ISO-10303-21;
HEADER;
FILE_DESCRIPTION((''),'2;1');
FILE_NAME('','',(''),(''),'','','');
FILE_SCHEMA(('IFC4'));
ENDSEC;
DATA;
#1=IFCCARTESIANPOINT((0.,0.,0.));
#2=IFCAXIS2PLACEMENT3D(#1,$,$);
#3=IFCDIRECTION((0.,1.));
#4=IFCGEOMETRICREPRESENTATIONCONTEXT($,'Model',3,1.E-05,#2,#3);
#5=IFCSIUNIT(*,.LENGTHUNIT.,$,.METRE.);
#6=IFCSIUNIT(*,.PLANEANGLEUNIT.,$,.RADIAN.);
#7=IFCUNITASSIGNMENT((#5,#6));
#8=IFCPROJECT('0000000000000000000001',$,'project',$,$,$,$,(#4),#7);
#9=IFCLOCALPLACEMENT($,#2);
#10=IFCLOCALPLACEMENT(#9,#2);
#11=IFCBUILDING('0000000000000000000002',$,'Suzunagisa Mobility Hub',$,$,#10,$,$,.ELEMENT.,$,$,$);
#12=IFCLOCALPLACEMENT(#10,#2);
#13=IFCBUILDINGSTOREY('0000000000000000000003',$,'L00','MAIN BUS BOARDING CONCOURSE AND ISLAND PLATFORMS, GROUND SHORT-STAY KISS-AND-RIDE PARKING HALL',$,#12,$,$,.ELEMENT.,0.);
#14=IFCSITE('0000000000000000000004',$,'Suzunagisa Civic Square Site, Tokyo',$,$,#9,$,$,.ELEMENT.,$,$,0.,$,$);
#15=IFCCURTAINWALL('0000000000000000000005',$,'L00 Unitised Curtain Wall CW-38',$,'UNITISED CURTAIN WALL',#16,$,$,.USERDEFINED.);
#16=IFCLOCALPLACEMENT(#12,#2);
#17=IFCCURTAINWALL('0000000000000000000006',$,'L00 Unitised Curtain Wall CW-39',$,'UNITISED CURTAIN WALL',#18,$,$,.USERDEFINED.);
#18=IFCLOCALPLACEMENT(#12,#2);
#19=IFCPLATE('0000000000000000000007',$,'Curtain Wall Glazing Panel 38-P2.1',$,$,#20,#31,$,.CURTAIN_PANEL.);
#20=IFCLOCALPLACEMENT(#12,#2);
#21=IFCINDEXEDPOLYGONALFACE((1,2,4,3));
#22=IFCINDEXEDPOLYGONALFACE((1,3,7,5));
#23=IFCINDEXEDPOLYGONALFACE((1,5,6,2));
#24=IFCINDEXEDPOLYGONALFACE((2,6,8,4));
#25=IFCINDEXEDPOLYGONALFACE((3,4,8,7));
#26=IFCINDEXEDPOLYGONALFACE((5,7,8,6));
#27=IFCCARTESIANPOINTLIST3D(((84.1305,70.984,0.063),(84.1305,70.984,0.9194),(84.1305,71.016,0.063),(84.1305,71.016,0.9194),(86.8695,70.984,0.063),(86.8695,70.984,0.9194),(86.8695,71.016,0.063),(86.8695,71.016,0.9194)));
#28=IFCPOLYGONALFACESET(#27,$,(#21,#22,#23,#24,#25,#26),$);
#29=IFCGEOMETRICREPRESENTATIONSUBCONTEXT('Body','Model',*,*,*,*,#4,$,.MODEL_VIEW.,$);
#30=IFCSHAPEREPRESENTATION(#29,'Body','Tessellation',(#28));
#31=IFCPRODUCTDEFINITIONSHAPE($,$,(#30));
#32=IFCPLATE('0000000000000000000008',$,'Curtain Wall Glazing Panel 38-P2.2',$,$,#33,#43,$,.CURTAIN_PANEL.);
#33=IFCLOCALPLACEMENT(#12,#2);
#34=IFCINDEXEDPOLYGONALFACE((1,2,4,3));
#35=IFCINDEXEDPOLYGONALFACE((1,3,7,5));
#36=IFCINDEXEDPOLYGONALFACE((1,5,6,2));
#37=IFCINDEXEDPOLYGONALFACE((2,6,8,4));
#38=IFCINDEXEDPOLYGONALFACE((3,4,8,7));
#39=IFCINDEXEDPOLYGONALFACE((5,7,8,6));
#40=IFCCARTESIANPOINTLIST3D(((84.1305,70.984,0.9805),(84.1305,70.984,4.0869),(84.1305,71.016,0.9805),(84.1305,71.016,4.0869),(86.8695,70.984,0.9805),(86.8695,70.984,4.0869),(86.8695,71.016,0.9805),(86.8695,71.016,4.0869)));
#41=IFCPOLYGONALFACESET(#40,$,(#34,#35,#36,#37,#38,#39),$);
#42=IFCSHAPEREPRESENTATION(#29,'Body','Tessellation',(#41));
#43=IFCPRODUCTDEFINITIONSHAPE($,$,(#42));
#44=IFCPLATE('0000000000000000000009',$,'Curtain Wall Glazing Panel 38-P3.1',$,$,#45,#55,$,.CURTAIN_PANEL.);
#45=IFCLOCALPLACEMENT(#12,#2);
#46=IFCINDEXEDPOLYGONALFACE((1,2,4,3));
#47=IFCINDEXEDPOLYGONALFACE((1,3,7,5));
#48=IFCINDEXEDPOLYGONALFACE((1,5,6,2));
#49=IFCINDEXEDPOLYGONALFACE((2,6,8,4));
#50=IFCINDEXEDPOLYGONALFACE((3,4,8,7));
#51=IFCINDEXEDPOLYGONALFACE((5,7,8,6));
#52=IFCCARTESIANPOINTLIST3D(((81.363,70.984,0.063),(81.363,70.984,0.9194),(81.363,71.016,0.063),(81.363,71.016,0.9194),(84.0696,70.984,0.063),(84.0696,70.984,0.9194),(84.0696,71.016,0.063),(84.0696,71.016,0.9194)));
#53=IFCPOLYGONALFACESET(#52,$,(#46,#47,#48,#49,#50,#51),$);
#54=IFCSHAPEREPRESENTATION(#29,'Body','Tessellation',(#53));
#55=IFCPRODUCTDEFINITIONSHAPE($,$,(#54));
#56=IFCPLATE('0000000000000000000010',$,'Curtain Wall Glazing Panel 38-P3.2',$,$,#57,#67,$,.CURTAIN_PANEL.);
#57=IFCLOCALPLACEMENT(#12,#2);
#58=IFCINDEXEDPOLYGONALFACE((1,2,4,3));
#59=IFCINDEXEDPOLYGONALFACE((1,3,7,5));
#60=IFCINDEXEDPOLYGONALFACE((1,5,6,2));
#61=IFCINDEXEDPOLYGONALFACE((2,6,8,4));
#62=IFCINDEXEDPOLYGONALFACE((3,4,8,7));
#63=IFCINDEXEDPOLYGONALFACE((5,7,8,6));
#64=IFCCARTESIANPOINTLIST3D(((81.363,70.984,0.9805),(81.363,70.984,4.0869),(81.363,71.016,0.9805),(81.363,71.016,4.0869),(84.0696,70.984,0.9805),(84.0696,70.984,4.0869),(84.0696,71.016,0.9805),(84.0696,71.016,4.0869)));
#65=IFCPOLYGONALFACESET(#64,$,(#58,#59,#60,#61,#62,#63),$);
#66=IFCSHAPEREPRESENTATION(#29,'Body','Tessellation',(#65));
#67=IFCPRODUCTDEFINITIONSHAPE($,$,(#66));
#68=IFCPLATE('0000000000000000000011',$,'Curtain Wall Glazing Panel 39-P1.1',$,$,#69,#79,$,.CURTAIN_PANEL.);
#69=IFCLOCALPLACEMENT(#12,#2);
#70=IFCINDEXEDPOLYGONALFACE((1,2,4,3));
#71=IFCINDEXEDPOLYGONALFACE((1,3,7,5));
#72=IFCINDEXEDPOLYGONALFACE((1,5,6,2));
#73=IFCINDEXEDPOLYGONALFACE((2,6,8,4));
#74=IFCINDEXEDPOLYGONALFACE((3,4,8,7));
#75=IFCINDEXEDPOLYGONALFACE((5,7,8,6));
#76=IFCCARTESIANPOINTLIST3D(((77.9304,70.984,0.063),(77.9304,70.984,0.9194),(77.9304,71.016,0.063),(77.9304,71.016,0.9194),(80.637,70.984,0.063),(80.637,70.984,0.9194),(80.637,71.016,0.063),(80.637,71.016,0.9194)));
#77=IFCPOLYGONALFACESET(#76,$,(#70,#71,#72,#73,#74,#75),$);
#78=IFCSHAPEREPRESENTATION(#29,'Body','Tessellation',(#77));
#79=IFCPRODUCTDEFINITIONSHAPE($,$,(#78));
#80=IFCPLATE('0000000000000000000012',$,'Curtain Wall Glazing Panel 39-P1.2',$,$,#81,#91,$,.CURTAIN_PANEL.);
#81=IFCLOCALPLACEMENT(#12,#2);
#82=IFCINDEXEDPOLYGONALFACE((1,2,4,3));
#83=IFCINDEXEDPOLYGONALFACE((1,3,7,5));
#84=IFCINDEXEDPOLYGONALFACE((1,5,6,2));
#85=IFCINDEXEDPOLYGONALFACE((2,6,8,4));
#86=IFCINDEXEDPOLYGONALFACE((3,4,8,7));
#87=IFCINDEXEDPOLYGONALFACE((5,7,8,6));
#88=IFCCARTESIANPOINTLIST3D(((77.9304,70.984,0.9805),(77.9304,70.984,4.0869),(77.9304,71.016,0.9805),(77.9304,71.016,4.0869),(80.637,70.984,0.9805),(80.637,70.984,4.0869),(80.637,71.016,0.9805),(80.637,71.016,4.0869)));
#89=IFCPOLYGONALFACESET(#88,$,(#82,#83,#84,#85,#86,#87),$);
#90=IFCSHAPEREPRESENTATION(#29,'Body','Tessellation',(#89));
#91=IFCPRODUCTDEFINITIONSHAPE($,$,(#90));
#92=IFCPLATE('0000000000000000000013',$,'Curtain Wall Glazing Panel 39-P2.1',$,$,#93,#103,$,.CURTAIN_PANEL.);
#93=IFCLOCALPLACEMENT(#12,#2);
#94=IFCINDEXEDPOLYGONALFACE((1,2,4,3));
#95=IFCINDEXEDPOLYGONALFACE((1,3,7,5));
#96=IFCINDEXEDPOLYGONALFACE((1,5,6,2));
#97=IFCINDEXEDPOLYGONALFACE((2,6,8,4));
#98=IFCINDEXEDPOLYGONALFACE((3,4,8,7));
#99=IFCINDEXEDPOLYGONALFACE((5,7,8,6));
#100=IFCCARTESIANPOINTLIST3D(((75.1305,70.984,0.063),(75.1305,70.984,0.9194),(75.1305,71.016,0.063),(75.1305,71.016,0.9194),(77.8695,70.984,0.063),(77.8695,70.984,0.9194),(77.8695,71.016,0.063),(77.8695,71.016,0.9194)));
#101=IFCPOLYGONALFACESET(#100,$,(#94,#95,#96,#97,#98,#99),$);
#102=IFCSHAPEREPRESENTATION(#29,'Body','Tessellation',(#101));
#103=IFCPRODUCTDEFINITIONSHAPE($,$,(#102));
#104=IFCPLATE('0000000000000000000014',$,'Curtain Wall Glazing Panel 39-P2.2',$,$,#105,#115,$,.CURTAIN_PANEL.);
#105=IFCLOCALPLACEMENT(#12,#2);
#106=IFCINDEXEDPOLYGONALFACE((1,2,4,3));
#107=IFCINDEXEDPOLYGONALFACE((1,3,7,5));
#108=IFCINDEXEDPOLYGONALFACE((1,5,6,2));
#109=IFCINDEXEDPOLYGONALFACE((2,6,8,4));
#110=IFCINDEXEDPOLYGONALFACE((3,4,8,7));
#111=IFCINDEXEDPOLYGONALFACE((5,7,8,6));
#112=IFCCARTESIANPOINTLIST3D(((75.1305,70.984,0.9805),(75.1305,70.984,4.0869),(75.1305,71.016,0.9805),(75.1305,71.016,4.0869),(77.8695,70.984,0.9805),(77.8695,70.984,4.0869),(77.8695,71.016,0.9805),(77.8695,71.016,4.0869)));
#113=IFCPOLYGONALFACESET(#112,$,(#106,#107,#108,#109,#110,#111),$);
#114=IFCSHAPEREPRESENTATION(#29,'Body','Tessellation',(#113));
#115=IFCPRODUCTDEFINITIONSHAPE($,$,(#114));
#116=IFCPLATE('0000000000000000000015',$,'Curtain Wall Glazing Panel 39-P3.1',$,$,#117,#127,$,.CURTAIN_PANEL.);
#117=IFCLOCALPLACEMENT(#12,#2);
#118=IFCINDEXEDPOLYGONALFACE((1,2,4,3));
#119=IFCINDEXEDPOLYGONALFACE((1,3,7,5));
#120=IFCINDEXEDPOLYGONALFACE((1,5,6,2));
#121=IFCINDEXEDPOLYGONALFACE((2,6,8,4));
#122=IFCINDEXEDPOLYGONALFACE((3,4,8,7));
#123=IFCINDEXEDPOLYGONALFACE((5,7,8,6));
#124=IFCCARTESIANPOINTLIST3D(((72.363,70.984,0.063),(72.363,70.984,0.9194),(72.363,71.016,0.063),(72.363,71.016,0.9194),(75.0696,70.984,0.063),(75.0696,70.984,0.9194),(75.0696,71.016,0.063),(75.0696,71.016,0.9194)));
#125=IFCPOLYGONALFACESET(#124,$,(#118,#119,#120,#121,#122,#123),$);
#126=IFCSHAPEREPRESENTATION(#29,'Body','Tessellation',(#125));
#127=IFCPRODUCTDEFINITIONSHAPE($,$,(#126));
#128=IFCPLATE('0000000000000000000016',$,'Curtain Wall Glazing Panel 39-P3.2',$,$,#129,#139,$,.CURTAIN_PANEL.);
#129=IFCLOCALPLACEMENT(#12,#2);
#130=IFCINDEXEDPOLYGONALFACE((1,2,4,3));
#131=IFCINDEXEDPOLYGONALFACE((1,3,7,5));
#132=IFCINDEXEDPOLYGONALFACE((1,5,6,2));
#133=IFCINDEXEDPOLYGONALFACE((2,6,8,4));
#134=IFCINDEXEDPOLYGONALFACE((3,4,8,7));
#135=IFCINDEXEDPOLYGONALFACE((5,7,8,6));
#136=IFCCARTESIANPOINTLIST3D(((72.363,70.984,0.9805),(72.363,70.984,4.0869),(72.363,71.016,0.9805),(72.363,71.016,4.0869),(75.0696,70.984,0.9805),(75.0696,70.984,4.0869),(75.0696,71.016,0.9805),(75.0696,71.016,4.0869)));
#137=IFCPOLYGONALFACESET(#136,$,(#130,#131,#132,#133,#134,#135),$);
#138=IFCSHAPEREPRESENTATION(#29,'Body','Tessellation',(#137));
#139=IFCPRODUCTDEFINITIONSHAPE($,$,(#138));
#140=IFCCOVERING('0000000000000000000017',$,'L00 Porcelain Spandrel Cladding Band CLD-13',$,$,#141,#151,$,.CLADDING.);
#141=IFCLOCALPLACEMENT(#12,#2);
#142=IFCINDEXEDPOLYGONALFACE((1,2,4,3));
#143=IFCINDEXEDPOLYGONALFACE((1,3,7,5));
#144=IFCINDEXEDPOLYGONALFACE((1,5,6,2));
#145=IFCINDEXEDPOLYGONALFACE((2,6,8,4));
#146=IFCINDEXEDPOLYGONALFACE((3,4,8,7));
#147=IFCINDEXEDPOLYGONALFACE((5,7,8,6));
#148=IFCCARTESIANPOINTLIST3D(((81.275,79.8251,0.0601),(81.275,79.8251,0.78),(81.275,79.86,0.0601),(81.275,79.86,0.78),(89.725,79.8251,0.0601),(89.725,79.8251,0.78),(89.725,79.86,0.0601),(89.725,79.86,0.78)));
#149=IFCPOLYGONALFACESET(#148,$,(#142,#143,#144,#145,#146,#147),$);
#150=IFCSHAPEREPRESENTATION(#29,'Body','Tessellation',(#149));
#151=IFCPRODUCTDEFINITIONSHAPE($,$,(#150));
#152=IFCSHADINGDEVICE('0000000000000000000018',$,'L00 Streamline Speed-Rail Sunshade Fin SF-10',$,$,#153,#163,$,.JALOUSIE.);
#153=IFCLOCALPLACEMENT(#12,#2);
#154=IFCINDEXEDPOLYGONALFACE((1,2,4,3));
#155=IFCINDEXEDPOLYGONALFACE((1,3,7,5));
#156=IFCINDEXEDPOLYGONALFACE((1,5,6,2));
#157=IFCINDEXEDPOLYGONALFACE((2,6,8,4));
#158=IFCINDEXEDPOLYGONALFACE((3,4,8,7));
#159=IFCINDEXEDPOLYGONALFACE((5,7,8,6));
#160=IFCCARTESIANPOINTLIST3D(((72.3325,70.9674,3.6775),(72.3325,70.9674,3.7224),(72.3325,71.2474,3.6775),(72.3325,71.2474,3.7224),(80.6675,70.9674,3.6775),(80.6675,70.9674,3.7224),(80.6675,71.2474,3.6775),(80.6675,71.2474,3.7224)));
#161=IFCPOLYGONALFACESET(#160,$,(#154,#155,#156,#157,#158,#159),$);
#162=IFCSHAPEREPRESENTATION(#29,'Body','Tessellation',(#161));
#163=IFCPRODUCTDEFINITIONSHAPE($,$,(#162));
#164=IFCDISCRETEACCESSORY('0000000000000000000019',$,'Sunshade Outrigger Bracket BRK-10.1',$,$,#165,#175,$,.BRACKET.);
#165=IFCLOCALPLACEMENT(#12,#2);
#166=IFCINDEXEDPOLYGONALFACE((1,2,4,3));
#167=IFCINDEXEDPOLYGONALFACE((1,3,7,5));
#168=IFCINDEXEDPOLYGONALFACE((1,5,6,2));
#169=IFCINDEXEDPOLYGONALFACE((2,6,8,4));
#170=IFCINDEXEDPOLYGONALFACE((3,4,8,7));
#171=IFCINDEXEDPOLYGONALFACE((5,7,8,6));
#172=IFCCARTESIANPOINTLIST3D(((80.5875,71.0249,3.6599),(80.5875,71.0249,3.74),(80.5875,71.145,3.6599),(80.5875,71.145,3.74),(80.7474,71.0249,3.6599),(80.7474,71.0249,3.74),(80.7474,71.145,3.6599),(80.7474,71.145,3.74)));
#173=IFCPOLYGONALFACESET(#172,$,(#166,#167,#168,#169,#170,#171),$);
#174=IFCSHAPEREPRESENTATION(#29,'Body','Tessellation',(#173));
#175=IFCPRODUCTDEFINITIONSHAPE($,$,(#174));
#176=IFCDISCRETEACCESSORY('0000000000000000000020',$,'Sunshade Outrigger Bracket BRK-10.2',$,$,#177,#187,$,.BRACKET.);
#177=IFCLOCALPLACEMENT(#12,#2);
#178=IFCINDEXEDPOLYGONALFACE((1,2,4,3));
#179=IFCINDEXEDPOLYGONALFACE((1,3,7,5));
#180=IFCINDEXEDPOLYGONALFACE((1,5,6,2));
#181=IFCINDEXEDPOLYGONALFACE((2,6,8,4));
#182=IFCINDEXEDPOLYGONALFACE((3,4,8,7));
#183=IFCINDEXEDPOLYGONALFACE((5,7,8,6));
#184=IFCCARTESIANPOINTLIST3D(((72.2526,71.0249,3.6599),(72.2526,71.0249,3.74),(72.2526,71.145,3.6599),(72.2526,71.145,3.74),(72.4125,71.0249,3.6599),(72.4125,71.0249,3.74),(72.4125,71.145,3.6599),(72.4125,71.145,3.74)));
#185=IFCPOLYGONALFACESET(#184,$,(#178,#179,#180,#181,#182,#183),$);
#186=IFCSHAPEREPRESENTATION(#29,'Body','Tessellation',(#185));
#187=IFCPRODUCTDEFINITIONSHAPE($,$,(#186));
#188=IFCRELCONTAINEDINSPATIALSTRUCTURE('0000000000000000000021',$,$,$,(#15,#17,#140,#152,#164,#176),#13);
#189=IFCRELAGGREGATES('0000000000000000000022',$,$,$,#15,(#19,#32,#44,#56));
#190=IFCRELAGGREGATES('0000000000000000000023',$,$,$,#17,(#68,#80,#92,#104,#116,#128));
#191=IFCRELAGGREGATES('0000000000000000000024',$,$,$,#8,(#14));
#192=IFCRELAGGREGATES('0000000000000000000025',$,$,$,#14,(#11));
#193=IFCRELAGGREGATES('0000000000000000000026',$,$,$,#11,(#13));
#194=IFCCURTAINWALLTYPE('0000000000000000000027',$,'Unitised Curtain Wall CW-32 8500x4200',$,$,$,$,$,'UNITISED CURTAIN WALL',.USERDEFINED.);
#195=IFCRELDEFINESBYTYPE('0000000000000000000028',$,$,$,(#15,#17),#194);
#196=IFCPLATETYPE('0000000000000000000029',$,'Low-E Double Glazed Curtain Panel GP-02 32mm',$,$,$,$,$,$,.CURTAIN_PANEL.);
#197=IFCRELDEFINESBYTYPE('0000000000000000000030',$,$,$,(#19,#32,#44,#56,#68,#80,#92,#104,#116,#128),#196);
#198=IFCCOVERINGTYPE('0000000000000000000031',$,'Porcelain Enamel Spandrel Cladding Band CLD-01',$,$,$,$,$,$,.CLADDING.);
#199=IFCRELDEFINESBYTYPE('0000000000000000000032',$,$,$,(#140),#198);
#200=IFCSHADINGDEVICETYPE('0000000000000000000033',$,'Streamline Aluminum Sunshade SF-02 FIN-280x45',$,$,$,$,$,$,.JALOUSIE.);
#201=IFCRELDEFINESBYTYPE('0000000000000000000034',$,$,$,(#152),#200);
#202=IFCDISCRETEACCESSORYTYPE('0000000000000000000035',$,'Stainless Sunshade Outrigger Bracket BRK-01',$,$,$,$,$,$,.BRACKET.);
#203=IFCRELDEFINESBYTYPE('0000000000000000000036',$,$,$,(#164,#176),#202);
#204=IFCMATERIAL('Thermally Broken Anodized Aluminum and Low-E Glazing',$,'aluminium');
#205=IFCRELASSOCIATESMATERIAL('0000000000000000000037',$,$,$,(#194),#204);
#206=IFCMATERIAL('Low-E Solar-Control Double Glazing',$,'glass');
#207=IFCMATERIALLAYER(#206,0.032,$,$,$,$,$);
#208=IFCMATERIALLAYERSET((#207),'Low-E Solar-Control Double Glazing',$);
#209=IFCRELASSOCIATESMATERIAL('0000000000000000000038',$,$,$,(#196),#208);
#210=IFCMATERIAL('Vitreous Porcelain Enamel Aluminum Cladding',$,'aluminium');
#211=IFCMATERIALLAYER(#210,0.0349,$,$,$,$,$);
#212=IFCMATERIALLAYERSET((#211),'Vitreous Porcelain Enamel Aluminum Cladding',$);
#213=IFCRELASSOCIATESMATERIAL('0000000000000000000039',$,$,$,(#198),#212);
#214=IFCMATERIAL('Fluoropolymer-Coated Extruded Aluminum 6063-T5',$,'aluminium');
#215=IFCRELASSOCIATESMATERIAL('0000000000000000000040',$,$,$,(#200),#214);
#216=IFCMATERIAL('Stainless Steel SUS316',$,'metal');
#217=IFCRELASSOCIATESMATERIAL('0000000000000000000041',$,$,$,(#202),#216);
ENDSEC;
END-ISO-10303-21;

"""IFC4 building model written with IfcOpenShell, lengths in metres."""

from ifc_helpers import new_model, si_unit, direction, frame, origin, origin_2d, place, context, subcontext, project, spatial, rectangle, extrude, material, layer, layer_set, material_profile, profile_set, type_object, element, aggregate, save


model = new_model("IFC4")

# Units and contexts
model_context = context("Model", 3, precision=1e-05, world=origin(), true_north=direction((0.0, 1.0)))
body_context = subcontext(model_context, "Body", "Model", "MODEL_VIEW")
ifc_project = project(units=[si_unit("LENGTHUNIT", "METRE"), si_unit("PLANEANGLEUNIT", "RADIAN")], contexts=[model_context])

# Site, building, storey
site_placement = place(None, origin())
site = spatial("IfcSite", under=ifc_project, at=site_placement, Name="Suzunagisa Civic Square Site, Tokyo", CompositionType="ELEMENT", RefElevation=0.0)
building_placement = place(site_placement, origin())
building = spatial("IfcBuilding", under=site, at=building_placement, Name="Suzunagisa Mobility Hub", CompositionType="ELEMENT")
storey_placement = place(building_placement, origin())
storey = spatial("IfcBuildingStorey", under=building, at=storey_placement, Name="L00", Description="MAIN BUS BOARDING CONCOURSE AND ISLAND PLATFORMS, GROUND SHORT-STAY KISS-AND-RIDE PARKING HALL", CompositionType="ELEMENT", Elevation=0.0)

# Curtain walls
ifc_material_1 = material(Name="Thermally Broken Anodized Aluminum and Low-E Glazing", Category="aluminium")
curtain_wall_type = type_object("IfcCurtainWallType", Name="Unitised Curtain Wall CW-32 8500x4200", ElementType="UNITISED CURTAIN WALL", PredefinedType="USERDEFINED", material=ifc_material_1)
curtain_wall_1_placement = place(storey_placement, origin())
curtain_wall_1 = element("IfcCurtainWall", 1, at=curtain_wall_1_placement, inside=storey, type_object=curtain_wall_type, Name="L00 Unitised Curtain Wall CW-38", ObjectType="UNITISED CURTAIN WALL", PredefinedType="USERDEFINED")
curtain_wall_2_placement = place(storey_placement, origin())
curtain_wall_2 = element("IfcCurtainWall", 2, at=curtain_wall_2_placement, inside=storey, type_object=curtain_wall_type, Name="L00 Unitised Curtain Wall CW-39", ObjectType="UNITISED CURTAIN WALL", PredefinedType="USERDEFINED")

# Plates
ifc_material_2 = material(Name="Low-E Solar-Control Double Glazing", Category="glass")
ifc_layer_1 = layer(ifc_material_2, 0.032)
ifc_layer_set_1 = layer_set([ifc_layer_1], Name="Low-E Solar-Control Double Glazing")
plate_type = type_object("IfcPlateType", Name="Low-E Double Glazed Curtain Panel GP-02 32mm", PredefinedType="CURTAIN_PANEL", material=ifc_layer_set_1)
plate_1_placement = place(storey_placement, frame((85.5, 71.0, 0.063), z_axis=(0.0, 0.0, 1.0), x_axis=(-1.0, 0.0, 0.0)))
plate_1 = element("IfcPlate", 3, at=plate_1_placement, type_object=plate_type, Name="Curtain Wall Glazing Panel 38-P2.1", PredefinedType="CURTAIN_PANEL", context=body_context, shape_type="SweptSolid", body=[
    extrude(rectangle(XDim=2.739, YDim=0.032, at=origin_2d()), origin(), (0.0, 0.0, 1.0), 0.8564),
])
plate_2_placement = place(storey_placement, frame((85.5, 71.0, 0.9805), z_axis=(0.0, 0.0, 1.0), x_axis=(-1.0, 0.0, 0.0)))
plate_2 = element("IfcPlate", 4, at=plate_2_placement, type_object=plate_type, Name="Curtain Wall Glazing Panel 38-P2.2", PredefinedType="CURTAIN_PANEL", context=body_context, shape_type="SweptSolid", body=[
    extrude(rectangle(XDim=2.739, YDim=0.032, at=origin_2d()), origin(), (0.0, 0.0, 1.0), 3.1064),
])
plate_3_placement = place(storey_placement, frame((82.7163, 71.0, 0.063), z_axis=(0.0, 0.0, 1.0), x_axis=(-1.0, 0.0, 0.0)))
plate_3 = element("IfcPlate", 5, at=plate_3_placement, type_object=plate_type, Name="Curtain Wall Glazing Panel 38-P3.1", PredefinedType="CURTAIN_PANEL", context=body_context, shape_type="SweptSolid", body=[
    extrude(rectangle(XDim=2.7065, YDim=0.032, at=origin_2d()), origin(), (0.0, 0.0, 1.0), 0.8564),
])
plate_4_placement = place(storey_placement, frame((82.7163, 71.0, 0.9805), z_axis=(0.0, 0.0, 1.0), x_axis=(-1.0, 0.0, 0.0)))
plate_4 = element("IfcPlate", 6, at=plate_4_placement, type_object=plate_type, Name="Curtain Wall Glazing Panel 38-P3.2", PredefinedType="CURTAIN_PANEL", context=body_context, shape_type="SweptSolid", body=[
    extrude(rectangle(XDim=2.7065, YDim=0.032, at=origin_2d()), origin(), (0.0, 0.0, 1.0), 3.1064),
])
aggregate(curtain_wall_1, [plate_1, plate_2, plate_3, plate_4])
plate_5_placement = place(storey_placement, frame((79.2837, 71.0, 0.063), z_axis=(0.0, 0.0, 1.0), x_axis=(-1.0, 0.0, 0.0)))
plate_5 = element("IfcPlate", 7, at=plate_5_placement, type_object=plate_type, Name="Curtain Wall Glazing Panel 39-P1.1", PredefinedType="CURTAIN_PANEL", context=body_context, shape_type="SweptSolid", body=[
    extrude(rectangle(XDim=2.7065, YDim=0.032, at=origin_2d()), origin(), (0.0, 0.0, 1.0), 0.8564),
])
plate_6_placement = place(storey_placement, frame((79.2837, 71.0, 0.9805), z_axis=(0.0, 0.0, 1.0), x_axis=(-1.0, 0.0, 0.0)))
plate_6 = element("IfcPlate", 8, at=plate_6_placement, type_object=plate_type, Name="Curtain Wall Glazing Panel 39-P1.2", PredefinedType="CURTAIN_PANEL", context=body_context, shape_type="SweptSolid", body=[
    extrude(rectangle(XDim=2.7065, YDim=0.032, at=origin_2d()), origin(), (0.0, 0.0, 1.0), 3.1064),
])
plate_7_placement = place(storey_placement, frame((76.5, 71.0, 0.063), z_axis=(0.0, 0.0, 1.0), x_axis=(-1.0, 0.0, 0.0)))
plate_7 = element("IfcPlate", 9, at=plate_7_placement, type_object=plate_type, Name="Curtain Wall Glazing Panel 39-P2.1", PredefinedType="CURTAIN_PANEL", context=body_context, shape_type="SweptSolid", body=[
    extrude(rectangle(XDim=2.739, YDim=0.032, at=origin_2d()), origin(), (0.0, 0.0, 1.0), 0.8564),
])
plate_8_placement = place(storey_placement, frame((76.5, 71.0, 0.9805), z_axis=(0.0, 0.0, 1.0), x_axis=(-1.0, 0.0, 0.0)))
plate_8 = element("IfcPlate", 10, at=plate_8_placement, type_object=plate_type, Name="Curtain Wall Glazing Panel 39-P2.2", PredefinedType="CURTAIN_PANEL", context=body_context, shape_type="SweptSolid", body=[
    extrude(rectangle(XDim=2.739, YDim=0.032, at=origin_2d()), origin(), (0.0, 0.0, 1.0), 3.1064),
])
plate_9_placement = place(storey_placement, frame((73.7163, 71.0, 0.063), z_axis=(0.0, 0.0, 1.0), x_axis=(-1.0, 0.0, 0.0)))
plate_9 = element("IfcPlate", 11, at=plate_9_placement, type_object=plate_type, Name="Curtain Wall Glazing Panel 39-P3.1", PredefinedType="CURTAIN_PANEL", context=body_context, shape_type="SweptSolid", body=[
    extrude(rectangle(XDim=2.7065, YDim=0.032, at=origin_2d()), origin(), (0.0, 0.0, 1.0), 0.8564),
])
plate_10_placement = place(storey_placement, frame((73.7163, 71.0, 0.9805), z_axis=(0.0, 0.0, 1.0), x_axis=(-1.0, 0.0, 0.0)))
plate_10 = element("IfcPlate", 12, at=plate_10_placement, type_object=plate_type, Name="Curtain Wall Glazing Panel 39-P3.2", PredefinedType="CURTAIN_PANEL", context=body_context, shape_type="SweptSolid", body=[
    extrude(rectangle(XDim=2.7065, YDim=0.032, at=origin_2d()), origin(), (0.0, 0.0, 1.0), 3.1064),
])
aggregate(curtain_wall_2, [plate_5, plate_6, plate_7, plate_8, plate_9, plate_10])

# Covering
ifc_material_3 = material(Name="Vitreous Porcelain Enamel Aluminum Cladding", Category="aluminium")
ifc_layer_2 = layer(ifc_material_3, 0.0349)
ifc_layer_set_2 = layer_set([ifc_layer_2], Name="Vitreous Porcelain Enamel Aluminum Cladding")
covering_type = type_object("IfcCoveringType", Name="Porcelain Enamel Spandrel Cladding Band CLD-01", PredefinedType="CLADDING", material=ifc_layer_set_2)
covering_placement = place(storey_placement, frame((85.5, 79.8425, 0.0601), z_axis=(0.0, 0.0, 1.0), x_axis=(1.0, 0.0, 0.0)))
element("IfcCovering", 13, at=covering_placement, inside=storey, type_object=covering_type, Name="L00 Porcelain Spandrel Cladding Band CLD-13", PredefinedType="CLADDING", context=body_context, shape_type="SweptSolid", body=[
    extrude(rectangle(XDim=8.45, YDim=0.0349, at=origin_2d()), origin(), (0.0, 0.0, 1.0), 0.72),
])

# Shading device
ifc_material_4 = material(Name="Fluoropolymer-Coated Extruded Aluminum 6063-T5", Category="aluminium")
ifc_material_profile_1 = material_profile(ifc_material_4, rectangle(XDim=0.28, YDim=0.0449, at=origin_2d()), Name="FIN-280x45")
ifc_profile_set_1 = profile_set([ifc_material_profile_1], Name="Fluoropolymer-Coated Extruded Aluminum 6063-T5")
shading_device_type = type_object("IfcShadingDeviceType", Name="Streamline Aluminum Sunshade SF-02 FIN-280x45", PredefinedType="JALOUSIE", material=ifc_profile_set_1)
shading_device_placement = place(storey_placement, frame((80.6675, 71.1074, 3.7), z_axis=(-1.0, 0.0, 0.0), x_axis=(0.0, -1.0, 0.0)))
element("IfcShadingDevice", 14, at=shading_device_placement, inside=storey, type_object=shading_device_type, Name="L00 Streamline Speed-Rail Sunshade Fin SF-10", PredefinedType="JALOUSIE", context=body_context, shape_type="SweptSolid", body=[
    extrude(rectangle(XDim=0.28, YDim=0.0449, at=origin_2d()), origin(), (0.0, 0.0, 1.0), 8.335),
])

# Discrete accessories
ifc_material_5 = material(Name="Stainless Steel SUS316", Category="metal")
discrete_accessory_type = type_object("IfcDiscreteAccessoryType", Name="Stainless Sunshade Outrigger Bracket BRK-01", PredefinedType="BRACKET", material=ifc_material_5)
for number, where, z_axis, x_axis, name in (
    (15, (80.6675, 71.085, 3.6599), (0.0, 0.0, 1.0), (-1.0, 0.0, 0.0), "Sunshade Outrigger Bracket BRK-10.1"),
    (16, (72.3325, 71.085, 3.6599), (0.0, 0.0, 1.0), (-1.0, 0.0, 0.0), "Sunshade Outrigger Bracket BRK-10.2"),
):
    element("IfcDiscreteAccessory", number, at=place(storey_placement, frame(where, z_axis=z_axis, x_axis=x_axis)), inside=storey, type_object=discrete_accessory_type, Name=name, PredefinedType="BRACKET", context=body_context, shape_type="SweptSolid", body=[
        extrude(rectangle(XDim=0.1599, YDim=0.1201, at=origin_2d()), origin(), (0.0, 0.0, 1.0), 0.0801),
    ])

save(model, "model.ifc")
